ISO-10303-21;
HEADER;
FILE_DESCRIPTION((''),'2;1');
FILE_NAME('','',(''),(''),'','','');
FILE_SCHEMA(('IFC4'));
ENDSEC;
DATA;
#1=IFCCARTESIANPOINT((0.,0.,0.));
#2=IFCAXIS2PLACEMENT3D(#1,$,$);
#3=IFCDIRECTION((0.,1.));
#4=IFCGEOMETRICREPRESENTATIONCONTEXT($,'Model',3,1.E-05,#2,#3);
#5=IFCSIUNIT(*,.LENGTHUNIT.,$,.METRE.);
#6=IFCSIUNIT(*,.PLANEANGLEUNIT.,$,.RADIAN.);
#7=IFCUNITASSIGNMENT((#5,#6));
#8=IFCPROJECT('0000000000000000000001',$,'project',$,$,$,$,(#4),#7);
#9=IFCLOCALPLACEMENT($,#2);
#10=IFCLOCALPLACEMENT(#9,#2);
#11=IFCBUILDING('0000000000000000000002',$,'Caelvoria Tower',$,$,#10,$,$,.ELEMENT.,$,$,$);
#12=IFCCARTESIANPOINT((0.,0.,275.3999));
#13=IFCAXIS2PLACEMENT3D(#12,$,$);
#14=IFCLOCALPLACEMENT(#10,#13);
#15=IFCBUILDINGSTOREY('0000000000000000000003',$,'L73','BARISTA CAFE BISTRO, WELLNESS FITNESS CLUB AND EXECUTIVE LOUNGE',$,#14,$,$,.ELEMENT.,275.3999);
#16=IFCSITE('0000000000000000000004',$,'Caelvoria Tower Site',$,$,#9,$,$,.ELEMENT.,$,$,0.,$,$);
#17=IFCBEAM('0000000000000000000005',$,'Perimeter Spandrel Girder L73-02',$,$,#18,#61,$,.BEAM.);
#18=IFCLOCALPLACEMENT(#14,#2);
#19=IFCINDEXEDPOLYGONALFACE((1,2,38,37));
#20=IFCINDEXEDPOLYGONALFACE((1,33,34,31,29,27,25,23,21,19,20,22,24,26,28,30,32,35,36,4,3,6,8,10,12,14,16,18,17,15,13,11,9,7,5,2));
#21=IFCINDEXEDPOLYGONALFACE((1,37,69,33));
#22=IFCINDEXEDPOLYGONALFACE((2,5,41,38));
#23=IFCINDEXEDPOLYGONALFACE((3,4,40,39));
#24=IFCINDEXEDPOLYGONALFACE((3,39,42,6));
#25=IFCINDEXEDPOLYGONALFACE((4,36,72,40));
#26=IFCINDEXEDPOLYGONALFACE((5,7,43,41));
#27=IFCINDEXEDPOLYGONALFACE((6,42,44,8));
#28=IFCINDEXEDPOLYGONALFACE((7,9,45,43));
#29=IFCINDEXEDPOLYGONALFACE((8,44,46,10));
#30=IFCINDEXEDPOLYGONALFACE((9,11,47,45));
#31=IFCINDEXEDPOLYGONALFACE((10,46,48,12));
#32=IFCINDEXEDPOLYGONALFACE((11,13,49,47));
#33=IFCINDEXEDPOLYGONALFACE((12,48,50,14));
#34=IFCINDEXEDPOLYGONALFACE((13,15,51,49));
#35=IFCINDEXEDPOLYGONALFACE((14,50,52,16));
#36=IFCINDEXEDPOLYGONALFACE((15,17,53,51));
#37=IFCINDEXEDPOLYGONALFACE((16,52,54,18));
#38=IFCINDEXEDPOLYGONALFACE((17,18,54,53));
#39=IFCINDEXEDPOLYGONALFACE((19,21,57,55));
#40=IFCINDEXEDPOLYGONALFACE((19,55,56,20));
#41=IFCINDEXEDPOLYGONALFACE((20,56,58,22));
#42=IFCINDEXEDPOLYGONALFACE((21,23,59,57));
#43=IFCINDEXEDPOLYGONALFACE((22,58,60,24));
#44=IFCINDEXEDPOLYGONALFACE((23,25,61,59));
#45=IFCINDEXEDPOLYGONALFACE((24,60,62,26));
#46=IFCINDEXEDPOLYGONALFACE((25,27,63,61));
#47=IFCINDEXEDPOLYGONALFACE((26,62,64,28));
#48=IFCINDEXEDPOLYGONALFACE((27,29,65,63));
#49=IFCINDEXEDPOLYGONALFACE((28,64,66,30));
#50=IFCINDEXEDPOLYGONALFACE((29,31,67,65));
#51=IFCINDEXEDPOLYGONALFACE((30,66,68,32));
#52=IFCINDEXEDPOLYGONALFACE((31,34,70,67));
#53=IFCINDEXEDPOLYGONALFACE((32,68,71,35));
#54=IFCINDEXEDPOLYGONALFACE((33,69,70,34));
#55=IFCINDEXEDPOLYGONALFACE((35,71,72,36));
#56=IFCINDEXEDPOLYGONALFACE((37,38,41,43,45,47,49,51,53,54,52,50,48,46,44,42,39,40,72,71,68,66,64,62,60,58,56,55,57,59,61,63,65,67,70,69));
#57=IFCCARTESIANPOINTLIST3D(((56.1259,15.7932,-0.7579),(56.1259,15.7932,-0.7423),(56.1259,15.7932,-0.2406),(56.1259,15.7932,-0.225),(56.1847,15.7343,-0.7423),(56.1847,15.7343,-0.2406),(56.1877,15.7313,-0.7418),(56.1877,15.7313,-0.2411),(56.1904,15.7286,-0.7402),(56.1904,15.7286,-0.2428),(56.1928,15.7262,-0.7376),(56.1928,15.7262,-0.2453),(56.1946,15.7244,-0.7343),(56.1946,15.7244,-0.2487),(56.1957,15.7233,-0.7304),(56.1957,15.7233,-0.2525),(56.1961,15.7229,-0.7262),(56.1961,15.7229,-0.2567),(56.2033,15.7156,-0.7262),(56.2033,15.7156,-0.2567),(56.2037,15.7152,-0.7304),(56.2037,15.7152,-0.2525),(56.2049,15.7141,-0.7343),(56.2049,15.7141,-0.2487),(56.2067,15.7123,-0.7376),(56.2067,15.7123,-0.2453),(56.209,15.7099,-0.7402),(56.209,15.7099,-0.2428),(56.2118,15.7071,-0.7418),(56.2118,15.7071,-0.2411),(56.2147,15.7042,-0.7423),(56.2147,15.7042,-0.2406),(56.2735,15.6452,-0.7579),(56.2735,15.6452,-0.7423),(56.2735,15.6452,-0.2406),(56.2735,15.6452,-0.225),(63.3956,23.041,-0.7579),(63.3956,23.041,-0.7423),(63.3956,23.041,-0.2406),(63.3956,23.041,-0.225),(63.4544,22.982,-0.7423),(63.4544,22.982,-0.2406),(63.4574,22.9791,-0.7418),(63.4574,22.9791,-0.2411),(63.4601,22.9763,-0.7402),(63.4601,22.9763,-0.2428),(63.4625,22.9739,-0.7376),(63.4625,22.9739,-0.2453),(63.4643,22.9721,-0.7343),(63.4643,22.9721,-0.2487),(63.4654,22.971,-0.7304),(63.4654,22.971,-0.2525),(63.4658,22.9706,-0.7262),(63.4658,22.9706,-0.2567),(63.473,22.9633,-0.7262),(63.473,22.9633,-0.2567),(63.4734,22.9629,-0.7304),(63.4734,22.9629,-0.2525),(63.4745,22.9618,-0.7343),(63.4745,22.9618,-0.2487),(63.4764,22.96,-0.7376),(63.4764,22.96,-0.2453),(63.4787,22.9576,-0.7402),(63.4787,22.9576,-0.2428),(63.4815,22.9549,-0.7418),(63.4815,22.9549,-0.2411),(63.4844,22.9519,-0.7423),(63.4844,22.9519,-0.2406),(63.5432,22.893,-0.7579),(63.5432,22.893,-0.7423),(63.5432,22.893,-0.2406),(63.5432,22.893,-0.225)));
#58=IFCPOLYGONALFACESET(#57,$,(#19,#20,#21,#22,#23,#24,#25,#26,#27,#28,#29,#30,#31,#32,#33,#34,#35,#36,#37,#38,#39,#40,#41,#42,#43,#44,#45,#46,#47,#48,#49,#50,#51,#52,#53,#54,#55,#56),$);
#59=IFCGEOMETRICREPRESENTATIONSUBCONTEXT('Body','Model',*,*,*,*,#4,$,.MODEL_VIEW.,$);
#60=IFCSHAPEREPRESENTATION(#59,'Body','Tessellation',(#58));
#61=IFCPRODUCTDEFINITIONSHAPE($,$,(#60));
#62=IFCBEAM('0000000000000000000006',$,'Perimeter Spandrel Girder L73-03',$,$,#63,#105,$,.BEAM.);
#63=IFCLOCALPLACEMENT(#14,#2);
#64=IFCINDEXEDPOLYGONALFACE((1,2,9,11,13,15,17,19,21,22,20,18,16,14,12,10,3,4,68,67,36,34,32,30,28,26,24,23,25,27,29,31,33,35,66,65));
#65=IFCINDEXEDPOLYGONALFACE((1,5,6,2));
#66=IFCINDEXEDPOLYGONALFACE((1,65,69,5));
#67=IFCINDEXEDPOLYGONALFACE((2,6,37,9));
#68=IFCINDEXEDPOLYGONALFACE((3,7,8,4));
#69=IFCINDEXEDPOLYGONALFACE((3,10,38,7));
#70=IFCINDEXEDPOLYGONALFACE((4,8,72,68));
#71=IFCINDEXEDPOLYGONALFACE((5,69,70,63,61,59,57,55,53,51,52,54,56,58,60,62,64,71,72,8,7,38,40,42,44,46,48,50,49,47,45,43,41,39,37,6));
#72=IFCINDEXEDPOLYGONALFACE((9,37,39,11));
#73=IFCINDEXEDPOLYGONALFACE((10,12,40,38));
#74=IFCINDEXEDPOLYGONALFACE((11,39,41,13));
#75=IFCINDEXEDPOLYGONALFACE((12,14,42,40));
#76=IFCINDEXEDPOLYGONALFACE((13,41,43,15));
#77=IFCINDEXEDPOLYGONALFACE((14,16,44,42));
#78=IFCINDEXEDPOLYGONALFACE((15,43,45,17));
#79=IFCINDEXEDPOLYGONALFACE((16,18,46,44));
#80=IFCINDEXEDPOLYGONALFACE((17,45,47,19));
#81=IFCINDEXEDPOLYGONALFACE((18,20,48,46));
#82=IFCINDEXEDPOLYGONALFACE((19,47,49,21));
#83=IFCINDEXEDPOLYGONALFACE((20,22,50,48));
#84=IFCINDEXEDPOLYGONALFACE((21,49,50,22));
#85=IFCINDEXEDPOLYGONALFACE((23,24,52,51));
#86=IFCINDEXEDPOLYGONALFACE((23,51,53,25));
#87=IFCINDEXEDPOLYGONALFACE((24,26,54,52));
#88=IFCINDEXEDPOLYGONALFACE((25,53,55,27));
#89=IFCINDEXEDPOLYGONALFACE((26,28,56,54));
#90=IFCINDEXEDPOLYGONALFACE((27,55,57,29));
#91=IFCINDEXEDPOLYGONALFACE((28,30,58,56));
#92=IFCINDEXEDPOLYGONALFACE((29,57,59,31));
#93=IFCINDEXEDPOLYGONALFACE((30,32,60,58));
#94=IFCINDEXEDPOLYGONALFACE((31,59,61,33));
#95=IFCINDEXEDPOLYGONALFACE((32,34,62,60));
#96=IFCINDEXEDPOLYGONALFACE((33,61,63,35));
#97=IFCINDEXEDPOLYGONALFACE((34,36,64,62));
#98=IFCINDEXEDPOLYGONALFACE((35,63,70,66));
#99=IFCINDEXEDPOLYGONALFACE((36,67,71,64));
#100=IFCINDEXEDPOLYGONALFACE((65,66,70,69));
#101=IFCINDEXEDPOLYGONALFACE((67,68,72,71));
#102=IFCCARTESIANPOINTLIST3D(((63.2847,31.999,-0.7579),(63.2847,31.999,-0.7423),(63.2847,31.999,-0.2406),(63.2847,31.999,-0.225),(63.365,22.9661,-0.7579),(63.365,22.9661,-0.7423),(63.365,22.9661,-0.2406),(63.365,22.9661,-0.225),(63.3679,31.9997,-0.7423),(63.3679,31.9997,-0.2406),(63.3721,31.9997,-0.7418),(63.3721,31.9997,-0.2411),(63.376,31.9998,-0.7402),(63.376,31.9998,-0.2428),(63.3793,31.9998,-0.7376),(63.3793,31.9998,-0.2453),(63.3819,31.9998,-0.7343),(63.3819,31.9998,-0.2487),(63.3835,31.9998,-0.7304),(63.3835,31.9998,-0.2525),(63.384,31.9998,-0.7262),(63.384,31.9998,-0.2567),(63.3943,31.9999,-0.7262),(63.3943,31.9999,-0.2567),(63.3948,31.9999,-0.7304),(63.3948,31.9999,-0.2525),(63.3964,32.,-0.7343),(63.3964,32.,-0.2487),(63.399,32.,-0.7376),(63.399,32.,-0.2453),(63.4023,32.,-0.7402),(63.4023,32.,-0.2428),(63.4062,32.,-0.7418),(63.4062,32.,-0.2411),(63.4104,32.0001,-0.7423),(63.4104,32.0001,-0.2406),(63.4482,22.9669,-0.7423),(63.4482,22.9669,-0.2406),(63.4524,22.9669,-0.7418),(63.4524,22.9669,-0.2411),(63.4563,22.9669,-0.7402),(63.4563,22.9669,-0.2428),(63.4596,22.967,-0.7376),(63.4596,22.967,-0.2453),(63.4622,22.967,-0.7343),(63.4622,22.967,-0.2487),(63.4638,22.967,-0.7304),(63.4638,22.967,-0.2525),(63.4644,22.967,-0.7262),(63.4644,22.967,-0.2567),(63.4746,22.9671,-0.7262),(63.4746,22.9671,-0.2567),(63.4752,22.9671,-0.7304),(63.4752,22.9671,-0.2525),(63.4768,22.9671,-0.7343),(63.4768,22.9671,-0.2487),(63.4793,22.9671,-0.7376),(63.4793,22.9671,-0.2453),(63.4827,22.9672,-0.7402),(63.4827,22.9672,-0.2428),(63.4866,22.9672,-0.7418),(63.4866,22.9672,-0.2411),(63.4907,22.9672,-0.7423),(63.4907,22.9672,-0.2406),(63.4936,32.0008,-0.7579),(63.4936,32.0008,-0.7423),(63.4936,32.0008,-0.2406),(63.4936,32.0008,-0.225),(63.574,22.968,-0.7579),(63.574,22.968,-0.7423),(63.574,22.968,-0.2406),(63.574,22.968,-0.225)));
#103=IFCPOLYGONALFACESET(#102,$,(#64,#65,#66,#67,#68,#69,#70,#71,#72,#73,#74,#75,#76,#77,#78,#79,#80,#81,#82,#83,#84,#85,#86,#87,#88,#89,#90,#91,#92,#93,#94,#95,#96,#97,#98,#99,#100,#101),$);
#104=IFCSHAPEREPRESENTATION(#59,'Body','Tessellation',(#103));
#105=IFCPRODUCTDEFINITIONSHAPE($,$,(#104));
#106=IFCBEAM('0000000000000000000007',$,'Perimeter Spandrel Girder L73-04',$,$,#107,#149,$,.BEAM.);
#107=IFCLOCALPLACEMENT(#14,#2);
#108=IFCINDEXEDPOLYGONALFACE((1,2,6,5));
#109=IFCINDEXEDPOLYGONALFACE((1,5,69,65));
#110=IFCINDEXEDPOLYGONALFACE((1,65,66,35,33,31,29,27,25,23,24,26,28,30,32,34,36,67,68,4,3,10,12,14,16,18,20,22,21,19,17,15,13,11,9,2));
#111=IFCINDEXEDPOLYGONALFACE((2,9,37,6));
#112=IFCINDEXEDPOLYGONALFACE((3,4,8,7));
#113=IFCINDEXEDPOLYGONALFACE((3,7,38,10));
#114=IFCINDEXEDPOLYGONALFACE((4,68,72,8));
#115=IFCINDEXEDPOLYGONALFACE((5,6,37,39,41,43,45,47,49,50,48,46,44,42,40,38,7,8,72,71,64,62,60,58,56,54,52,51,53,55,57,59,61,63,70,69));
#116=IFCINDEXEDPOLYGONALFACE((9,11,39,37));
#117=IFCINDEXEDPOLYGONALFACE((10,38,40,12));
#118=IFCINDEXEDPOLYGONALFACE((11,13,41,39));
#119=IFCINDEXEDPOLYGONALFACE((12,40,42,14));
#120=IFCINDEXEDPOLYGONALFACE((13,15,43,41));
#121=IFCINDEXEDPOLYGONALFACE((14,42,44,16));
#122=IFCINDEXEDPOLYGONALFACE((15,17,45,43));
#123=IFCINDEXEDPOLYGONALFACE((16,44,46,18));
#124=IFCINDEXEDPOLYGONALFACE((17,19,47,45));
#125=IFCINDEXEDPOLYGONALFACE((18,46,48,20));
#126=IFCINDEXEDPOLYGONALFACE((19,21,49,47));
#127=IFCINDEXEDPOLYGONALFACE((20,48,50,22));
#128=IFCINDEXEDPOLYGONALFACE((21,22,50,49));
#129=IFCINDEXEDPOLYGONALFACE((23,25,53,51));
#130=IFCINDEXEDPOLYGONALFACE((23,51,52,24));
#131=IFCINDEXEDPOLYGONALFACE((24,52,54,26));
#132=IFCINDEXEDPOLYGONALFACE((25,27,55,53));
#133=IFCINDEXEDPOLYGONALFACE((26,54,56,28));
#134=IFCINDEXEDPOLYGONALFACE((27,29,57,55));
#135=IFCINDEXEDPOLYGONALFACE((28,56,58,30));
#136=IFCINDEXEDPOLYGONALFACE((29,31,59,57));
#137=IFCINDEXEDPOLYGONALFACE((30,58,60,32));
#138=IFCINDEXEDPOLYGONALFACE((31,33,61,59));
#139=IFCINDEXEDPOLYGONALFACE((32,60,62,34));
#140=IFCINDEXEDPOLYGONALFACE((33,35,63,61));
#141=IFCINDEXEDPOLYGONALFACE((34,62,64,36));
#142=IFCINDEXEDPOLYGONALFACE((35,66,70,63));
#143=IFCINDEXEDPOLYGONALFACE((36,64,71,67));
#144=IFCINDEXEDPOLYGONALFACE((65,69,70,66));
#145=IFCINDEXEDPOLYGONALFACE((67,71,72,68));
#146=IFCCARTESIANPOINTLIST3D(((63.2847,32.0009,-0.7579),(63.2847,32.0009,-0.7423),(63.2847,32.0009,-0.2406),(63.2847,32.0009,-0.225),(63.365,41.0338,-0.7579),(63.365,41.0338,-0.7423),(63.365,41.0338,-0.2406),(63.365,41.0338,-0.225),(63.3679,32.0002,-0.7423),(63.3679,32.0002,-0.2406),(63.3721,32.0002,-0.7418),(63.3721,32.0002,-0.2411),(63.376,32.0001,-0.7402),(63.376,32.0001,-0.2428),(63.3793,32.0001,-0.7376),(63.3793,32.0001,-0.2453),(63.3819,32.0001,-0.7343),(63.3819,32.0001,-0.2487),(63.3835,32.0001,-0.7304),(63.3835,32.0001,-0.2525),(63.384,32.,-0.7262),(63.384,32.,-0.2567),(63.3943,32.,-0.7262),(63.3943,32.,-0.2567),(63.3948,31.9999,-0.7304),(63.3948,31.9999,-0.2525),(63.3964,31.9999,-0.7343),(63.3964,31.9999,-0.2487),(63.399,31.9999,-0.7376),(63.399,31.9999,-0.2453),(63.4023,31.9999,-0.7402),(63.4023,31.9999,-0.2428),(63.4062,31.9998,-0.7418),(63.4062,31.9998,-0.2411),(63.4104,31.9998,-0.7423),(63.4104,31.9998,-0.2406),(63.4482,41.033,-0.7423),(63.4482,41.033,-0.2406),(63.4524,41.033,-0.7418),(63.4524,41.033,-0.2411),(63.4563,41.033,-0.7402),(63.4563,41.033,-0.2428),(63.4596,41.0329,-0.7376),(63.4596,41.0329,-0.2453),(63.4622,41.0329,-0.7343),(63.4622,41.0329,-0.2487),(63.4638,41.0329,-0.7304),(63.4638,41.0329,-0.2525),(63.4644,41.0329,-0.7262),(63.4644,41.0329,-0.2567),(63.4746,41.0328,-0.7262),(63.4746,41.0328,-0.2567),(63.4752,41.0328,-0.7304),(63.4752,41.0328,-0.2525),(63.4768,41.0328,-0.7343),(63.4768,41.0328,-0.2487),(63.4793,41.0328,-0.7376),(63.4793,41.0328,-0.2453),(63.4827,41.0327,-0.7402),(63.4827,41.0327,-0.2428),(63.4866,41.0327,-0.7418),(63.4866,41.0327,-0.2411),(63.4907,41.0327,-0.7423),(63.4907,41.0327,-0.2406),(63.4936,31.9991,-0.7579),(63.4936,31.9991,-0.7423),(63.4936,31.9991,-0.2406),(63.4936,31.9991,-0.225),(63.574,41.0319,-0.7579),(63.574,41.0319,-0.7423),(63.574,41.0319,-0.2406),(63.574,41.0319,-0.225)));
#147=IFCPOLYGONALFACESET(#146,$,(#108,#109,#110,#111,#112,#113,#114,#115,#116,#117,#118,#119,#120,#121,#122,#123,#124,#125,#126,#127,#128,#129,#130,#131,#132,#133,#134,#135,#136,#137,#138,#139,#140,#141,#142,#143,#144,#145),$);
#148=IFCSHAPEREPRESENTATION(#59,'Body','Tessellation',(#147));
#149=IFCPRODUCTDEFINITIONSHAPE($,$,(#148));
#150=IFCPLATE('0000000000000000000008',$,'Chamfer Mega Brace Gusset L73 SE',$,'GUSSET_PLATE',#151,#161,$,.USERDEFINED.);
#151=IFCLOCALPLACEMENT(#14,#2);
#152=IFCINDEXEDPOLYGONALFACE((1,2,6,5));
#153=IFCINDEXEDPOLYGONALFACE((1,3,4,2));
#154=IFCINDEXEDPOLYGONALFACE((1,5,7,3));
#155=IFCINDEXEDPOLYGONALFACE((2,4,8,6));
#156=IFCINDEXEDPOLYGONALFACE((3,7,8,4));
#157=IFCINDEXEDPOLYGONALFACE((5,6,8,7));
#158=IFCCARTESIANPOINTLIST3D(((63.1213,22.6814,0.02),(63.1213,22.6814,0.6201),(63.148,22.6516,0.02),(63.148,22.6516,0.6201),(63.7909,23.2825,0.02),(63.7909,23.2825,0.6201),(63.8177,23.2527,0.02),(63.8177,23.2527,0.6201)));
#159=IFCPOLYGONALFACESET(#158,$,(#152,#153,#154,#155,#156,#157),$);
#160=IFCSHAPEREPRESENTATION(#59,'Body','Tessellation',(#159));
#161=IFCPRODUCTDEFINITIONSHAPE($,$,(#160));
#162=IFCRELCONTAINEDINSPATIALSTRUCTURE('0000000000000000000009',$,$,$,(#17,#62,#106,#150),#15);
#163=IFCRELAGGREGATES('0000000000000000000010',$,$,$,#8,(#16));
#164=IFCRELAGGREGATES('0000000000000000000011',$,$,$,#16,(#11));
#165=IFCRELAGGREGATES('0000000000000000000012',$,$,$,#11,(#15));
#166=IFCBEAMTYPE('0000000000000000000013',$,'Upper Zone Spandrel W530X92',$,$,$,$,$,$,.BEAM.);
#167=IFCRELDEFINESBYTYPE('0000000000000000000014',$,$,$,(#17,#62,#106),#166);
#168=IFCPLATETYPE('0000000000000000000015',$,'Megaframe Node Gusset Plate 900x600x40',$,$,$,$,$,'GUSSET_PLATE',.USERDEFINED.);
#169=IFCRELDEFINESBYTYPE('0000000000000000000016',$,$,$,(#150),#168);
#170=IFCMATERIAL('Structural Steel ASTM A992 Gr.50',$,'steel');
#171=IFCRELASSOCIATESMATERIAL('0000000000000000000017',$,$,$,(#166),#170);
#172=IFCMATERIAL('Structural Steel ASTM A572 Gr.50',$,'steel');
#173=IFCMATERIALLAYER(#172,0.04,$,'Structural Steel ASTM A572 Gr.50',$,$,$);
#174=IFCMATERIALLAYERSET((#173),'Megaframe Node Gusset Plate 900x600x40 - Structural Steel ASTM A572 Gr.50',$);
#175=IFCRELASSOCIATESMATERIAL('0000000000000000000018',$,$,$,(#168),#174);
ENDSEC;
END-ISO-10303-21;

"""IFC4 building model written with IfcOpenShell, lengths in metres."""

from ifc_helpers import new_model, si_unit, direction, frame, origin, origin_2d, place, context, subcontext, project, spatial, rectangle, i_section, extrude, material, layer, layer_set, material_profile, profile_set, type_object, element, save


model = new_model("IFC4")

# Units and contexts
model_context = context("Model", 3, precision=1e-05, world=origin(), true_north=direction((0.0, 1.0)))
body_context = subcontext(model_context, "Body", "Model", "MODEL_VIEW")
ifc_project = project(units=[si_unit("LENGTHUNIT", "METRE"), si_unit("PLANEANGLEUNIT", "RADIAN")], contexts=[model_context])

# Site, building, storey
site_placement = place(None, origin())
site = spatial("IfcSite", under=ifc_project, at=site_placement, Name="Caelvoria Tower Site", CompositionType="ELEMENT", RefElevation=0.0)
building_placement = place(site_placement, origin())
building = spatial("IfcBuilding", under=site, at=building_placement, Name="Caelvoria Tower", CompositionType="ELEMENT")
storey_placement = place(building_placement, frame((0.0, 0.0, 275.3999)))
storey = spatial("IfcBuildingStorey", under=building, at=storey_placement, Name="L73", Description="BARISTA CAFE BISTRO, WELLNESS FITNESS CLUB AND EXECUTIVE LOUNGE", CompositionType="ELEMENT", Elevation=275.3999)

# Shared definitions
ifc_material_1 = material(Name="Structural Steel ASTM A572 Gr.50", Category="steel")
ifc_material_2 = material(Name="Structural Steel ASTM A992 Gr.50", Category="steel")

# Beams
ifc_material_profile_1 = material_profile(ifc_material_2, i_section(OverallWidth=0.209, OverallDepth=0.533, WebThickness=0.0103, FlangeThickness=0.0156, FilletRadius=0.0161, at=origin_2d()), Name="Structural Steel ASTM A992 Gr.50")
ifc_profile_set_1 = profile_set([ifc_material_profile_1], Name="W530X92 - Structural Steel ASTM A992 Gr.50")
beam_type_1 = type_object("IfcBeamType", Name="Upper Zone Spandrel W530X92", PredefinedType="BEAM", material=ifc_profile_set_1)
beam_1_placement = place(storey_placement, frame((56.1997, 15.7192, -0.4915), z_axis=(0.708176, 0.706036, 0.0), x_axis=(-0.706036, 0.708176, 0.0)))
element("IfcBeam", 1, at=beam_1_placement, inside=storey, type_object=beam_type_1, Name="Perimeter Spandrel Girder L73-02", PredefinedType="BEAM", context=body_context, shape_type="SweptSolid", body=[
    extrude(i_section(OverallWidth=0.209, OverallDepth=0.533, WebThickness=0.0103, FlangeThickness=0.0156, FilletRadius=0.0161, at=origin_2d()), origin(), (0.0, 0.0, 1.0), 10.2654),
])
for number, where, z_axis, x_axis, name in (
    (2, (63.4695, 22.967, -0.4915), (-0.008892, 0.99996, 0.0), (-0.99996, -0.008892, 0.0), "Perimeter Spandrel Girder L73-03"),
    (3, (63.3892, 32.0, -0.4915), (0.008892, 0.99996, 0.0), (-0.99996, 0.008892, 0.0), "Perimeter Spandrel Girder L73-04"),
):
    element("IfcBeam", number, at=place(storey_placement, frame(where, z_axis=z_axis, x_axis=x_axis)), inside=storey, type_object=beam_type_1, Name=name, PredefinedType="BEAM", context=body_context, shape_type="SweptSolid", body=[
        extrude(i_section(OverallWidth=0.209, OverallDepth=0.533, WebThickness=0.0103, FlangeThickness=0.0156, FilletRadius=0.0161, at=origin_2d()), origin(), (0.0, 0.0, 1.0), 9.0332),
    ])

# Plate
ifc_layer_1 = layer(ifc_material_1, 0.04, Name="Structural Steel ASTM A572 Gr.50")
ifc_layer_set_1 = layer_set([ifc_layer_1], Name="Megaframe Node Gusset Plate 900x600x40 - Structural Steel ASTM A572 Gr.50")
plate_type = type_object("IfcPlateType", Name="Megaframe Node Gusset Plate 900x600x40", ElementType="GUSSET_PLATE", PredefinedType="USERDEFINED", material=ifc_layer_set_1)
plate_placement = place(storey_placement, frame((63.4695, 22.967, 0.02), z_axis=(0.0, 0.0, 1.0), x_axis=(-0.744122, -0.668044, 0.0)))
element("IfcPlate", 4, at=plate_placement, inside=storey, type_object=plate_type, Name="Chamfer Mega Brace Gusset L73 SE", ObjectType="GUSSET_PLATE", PredefinedType="USERDEFINED", context=body_context, shape_type="SweptSolid", body=[
    extrude(rectangle(XDim=0.8999, YDim=0.04, at=origin_2d()), origin(), (0.0, 0.0, 1.0), 0.6001),
])

save(model, "model.ifc")
